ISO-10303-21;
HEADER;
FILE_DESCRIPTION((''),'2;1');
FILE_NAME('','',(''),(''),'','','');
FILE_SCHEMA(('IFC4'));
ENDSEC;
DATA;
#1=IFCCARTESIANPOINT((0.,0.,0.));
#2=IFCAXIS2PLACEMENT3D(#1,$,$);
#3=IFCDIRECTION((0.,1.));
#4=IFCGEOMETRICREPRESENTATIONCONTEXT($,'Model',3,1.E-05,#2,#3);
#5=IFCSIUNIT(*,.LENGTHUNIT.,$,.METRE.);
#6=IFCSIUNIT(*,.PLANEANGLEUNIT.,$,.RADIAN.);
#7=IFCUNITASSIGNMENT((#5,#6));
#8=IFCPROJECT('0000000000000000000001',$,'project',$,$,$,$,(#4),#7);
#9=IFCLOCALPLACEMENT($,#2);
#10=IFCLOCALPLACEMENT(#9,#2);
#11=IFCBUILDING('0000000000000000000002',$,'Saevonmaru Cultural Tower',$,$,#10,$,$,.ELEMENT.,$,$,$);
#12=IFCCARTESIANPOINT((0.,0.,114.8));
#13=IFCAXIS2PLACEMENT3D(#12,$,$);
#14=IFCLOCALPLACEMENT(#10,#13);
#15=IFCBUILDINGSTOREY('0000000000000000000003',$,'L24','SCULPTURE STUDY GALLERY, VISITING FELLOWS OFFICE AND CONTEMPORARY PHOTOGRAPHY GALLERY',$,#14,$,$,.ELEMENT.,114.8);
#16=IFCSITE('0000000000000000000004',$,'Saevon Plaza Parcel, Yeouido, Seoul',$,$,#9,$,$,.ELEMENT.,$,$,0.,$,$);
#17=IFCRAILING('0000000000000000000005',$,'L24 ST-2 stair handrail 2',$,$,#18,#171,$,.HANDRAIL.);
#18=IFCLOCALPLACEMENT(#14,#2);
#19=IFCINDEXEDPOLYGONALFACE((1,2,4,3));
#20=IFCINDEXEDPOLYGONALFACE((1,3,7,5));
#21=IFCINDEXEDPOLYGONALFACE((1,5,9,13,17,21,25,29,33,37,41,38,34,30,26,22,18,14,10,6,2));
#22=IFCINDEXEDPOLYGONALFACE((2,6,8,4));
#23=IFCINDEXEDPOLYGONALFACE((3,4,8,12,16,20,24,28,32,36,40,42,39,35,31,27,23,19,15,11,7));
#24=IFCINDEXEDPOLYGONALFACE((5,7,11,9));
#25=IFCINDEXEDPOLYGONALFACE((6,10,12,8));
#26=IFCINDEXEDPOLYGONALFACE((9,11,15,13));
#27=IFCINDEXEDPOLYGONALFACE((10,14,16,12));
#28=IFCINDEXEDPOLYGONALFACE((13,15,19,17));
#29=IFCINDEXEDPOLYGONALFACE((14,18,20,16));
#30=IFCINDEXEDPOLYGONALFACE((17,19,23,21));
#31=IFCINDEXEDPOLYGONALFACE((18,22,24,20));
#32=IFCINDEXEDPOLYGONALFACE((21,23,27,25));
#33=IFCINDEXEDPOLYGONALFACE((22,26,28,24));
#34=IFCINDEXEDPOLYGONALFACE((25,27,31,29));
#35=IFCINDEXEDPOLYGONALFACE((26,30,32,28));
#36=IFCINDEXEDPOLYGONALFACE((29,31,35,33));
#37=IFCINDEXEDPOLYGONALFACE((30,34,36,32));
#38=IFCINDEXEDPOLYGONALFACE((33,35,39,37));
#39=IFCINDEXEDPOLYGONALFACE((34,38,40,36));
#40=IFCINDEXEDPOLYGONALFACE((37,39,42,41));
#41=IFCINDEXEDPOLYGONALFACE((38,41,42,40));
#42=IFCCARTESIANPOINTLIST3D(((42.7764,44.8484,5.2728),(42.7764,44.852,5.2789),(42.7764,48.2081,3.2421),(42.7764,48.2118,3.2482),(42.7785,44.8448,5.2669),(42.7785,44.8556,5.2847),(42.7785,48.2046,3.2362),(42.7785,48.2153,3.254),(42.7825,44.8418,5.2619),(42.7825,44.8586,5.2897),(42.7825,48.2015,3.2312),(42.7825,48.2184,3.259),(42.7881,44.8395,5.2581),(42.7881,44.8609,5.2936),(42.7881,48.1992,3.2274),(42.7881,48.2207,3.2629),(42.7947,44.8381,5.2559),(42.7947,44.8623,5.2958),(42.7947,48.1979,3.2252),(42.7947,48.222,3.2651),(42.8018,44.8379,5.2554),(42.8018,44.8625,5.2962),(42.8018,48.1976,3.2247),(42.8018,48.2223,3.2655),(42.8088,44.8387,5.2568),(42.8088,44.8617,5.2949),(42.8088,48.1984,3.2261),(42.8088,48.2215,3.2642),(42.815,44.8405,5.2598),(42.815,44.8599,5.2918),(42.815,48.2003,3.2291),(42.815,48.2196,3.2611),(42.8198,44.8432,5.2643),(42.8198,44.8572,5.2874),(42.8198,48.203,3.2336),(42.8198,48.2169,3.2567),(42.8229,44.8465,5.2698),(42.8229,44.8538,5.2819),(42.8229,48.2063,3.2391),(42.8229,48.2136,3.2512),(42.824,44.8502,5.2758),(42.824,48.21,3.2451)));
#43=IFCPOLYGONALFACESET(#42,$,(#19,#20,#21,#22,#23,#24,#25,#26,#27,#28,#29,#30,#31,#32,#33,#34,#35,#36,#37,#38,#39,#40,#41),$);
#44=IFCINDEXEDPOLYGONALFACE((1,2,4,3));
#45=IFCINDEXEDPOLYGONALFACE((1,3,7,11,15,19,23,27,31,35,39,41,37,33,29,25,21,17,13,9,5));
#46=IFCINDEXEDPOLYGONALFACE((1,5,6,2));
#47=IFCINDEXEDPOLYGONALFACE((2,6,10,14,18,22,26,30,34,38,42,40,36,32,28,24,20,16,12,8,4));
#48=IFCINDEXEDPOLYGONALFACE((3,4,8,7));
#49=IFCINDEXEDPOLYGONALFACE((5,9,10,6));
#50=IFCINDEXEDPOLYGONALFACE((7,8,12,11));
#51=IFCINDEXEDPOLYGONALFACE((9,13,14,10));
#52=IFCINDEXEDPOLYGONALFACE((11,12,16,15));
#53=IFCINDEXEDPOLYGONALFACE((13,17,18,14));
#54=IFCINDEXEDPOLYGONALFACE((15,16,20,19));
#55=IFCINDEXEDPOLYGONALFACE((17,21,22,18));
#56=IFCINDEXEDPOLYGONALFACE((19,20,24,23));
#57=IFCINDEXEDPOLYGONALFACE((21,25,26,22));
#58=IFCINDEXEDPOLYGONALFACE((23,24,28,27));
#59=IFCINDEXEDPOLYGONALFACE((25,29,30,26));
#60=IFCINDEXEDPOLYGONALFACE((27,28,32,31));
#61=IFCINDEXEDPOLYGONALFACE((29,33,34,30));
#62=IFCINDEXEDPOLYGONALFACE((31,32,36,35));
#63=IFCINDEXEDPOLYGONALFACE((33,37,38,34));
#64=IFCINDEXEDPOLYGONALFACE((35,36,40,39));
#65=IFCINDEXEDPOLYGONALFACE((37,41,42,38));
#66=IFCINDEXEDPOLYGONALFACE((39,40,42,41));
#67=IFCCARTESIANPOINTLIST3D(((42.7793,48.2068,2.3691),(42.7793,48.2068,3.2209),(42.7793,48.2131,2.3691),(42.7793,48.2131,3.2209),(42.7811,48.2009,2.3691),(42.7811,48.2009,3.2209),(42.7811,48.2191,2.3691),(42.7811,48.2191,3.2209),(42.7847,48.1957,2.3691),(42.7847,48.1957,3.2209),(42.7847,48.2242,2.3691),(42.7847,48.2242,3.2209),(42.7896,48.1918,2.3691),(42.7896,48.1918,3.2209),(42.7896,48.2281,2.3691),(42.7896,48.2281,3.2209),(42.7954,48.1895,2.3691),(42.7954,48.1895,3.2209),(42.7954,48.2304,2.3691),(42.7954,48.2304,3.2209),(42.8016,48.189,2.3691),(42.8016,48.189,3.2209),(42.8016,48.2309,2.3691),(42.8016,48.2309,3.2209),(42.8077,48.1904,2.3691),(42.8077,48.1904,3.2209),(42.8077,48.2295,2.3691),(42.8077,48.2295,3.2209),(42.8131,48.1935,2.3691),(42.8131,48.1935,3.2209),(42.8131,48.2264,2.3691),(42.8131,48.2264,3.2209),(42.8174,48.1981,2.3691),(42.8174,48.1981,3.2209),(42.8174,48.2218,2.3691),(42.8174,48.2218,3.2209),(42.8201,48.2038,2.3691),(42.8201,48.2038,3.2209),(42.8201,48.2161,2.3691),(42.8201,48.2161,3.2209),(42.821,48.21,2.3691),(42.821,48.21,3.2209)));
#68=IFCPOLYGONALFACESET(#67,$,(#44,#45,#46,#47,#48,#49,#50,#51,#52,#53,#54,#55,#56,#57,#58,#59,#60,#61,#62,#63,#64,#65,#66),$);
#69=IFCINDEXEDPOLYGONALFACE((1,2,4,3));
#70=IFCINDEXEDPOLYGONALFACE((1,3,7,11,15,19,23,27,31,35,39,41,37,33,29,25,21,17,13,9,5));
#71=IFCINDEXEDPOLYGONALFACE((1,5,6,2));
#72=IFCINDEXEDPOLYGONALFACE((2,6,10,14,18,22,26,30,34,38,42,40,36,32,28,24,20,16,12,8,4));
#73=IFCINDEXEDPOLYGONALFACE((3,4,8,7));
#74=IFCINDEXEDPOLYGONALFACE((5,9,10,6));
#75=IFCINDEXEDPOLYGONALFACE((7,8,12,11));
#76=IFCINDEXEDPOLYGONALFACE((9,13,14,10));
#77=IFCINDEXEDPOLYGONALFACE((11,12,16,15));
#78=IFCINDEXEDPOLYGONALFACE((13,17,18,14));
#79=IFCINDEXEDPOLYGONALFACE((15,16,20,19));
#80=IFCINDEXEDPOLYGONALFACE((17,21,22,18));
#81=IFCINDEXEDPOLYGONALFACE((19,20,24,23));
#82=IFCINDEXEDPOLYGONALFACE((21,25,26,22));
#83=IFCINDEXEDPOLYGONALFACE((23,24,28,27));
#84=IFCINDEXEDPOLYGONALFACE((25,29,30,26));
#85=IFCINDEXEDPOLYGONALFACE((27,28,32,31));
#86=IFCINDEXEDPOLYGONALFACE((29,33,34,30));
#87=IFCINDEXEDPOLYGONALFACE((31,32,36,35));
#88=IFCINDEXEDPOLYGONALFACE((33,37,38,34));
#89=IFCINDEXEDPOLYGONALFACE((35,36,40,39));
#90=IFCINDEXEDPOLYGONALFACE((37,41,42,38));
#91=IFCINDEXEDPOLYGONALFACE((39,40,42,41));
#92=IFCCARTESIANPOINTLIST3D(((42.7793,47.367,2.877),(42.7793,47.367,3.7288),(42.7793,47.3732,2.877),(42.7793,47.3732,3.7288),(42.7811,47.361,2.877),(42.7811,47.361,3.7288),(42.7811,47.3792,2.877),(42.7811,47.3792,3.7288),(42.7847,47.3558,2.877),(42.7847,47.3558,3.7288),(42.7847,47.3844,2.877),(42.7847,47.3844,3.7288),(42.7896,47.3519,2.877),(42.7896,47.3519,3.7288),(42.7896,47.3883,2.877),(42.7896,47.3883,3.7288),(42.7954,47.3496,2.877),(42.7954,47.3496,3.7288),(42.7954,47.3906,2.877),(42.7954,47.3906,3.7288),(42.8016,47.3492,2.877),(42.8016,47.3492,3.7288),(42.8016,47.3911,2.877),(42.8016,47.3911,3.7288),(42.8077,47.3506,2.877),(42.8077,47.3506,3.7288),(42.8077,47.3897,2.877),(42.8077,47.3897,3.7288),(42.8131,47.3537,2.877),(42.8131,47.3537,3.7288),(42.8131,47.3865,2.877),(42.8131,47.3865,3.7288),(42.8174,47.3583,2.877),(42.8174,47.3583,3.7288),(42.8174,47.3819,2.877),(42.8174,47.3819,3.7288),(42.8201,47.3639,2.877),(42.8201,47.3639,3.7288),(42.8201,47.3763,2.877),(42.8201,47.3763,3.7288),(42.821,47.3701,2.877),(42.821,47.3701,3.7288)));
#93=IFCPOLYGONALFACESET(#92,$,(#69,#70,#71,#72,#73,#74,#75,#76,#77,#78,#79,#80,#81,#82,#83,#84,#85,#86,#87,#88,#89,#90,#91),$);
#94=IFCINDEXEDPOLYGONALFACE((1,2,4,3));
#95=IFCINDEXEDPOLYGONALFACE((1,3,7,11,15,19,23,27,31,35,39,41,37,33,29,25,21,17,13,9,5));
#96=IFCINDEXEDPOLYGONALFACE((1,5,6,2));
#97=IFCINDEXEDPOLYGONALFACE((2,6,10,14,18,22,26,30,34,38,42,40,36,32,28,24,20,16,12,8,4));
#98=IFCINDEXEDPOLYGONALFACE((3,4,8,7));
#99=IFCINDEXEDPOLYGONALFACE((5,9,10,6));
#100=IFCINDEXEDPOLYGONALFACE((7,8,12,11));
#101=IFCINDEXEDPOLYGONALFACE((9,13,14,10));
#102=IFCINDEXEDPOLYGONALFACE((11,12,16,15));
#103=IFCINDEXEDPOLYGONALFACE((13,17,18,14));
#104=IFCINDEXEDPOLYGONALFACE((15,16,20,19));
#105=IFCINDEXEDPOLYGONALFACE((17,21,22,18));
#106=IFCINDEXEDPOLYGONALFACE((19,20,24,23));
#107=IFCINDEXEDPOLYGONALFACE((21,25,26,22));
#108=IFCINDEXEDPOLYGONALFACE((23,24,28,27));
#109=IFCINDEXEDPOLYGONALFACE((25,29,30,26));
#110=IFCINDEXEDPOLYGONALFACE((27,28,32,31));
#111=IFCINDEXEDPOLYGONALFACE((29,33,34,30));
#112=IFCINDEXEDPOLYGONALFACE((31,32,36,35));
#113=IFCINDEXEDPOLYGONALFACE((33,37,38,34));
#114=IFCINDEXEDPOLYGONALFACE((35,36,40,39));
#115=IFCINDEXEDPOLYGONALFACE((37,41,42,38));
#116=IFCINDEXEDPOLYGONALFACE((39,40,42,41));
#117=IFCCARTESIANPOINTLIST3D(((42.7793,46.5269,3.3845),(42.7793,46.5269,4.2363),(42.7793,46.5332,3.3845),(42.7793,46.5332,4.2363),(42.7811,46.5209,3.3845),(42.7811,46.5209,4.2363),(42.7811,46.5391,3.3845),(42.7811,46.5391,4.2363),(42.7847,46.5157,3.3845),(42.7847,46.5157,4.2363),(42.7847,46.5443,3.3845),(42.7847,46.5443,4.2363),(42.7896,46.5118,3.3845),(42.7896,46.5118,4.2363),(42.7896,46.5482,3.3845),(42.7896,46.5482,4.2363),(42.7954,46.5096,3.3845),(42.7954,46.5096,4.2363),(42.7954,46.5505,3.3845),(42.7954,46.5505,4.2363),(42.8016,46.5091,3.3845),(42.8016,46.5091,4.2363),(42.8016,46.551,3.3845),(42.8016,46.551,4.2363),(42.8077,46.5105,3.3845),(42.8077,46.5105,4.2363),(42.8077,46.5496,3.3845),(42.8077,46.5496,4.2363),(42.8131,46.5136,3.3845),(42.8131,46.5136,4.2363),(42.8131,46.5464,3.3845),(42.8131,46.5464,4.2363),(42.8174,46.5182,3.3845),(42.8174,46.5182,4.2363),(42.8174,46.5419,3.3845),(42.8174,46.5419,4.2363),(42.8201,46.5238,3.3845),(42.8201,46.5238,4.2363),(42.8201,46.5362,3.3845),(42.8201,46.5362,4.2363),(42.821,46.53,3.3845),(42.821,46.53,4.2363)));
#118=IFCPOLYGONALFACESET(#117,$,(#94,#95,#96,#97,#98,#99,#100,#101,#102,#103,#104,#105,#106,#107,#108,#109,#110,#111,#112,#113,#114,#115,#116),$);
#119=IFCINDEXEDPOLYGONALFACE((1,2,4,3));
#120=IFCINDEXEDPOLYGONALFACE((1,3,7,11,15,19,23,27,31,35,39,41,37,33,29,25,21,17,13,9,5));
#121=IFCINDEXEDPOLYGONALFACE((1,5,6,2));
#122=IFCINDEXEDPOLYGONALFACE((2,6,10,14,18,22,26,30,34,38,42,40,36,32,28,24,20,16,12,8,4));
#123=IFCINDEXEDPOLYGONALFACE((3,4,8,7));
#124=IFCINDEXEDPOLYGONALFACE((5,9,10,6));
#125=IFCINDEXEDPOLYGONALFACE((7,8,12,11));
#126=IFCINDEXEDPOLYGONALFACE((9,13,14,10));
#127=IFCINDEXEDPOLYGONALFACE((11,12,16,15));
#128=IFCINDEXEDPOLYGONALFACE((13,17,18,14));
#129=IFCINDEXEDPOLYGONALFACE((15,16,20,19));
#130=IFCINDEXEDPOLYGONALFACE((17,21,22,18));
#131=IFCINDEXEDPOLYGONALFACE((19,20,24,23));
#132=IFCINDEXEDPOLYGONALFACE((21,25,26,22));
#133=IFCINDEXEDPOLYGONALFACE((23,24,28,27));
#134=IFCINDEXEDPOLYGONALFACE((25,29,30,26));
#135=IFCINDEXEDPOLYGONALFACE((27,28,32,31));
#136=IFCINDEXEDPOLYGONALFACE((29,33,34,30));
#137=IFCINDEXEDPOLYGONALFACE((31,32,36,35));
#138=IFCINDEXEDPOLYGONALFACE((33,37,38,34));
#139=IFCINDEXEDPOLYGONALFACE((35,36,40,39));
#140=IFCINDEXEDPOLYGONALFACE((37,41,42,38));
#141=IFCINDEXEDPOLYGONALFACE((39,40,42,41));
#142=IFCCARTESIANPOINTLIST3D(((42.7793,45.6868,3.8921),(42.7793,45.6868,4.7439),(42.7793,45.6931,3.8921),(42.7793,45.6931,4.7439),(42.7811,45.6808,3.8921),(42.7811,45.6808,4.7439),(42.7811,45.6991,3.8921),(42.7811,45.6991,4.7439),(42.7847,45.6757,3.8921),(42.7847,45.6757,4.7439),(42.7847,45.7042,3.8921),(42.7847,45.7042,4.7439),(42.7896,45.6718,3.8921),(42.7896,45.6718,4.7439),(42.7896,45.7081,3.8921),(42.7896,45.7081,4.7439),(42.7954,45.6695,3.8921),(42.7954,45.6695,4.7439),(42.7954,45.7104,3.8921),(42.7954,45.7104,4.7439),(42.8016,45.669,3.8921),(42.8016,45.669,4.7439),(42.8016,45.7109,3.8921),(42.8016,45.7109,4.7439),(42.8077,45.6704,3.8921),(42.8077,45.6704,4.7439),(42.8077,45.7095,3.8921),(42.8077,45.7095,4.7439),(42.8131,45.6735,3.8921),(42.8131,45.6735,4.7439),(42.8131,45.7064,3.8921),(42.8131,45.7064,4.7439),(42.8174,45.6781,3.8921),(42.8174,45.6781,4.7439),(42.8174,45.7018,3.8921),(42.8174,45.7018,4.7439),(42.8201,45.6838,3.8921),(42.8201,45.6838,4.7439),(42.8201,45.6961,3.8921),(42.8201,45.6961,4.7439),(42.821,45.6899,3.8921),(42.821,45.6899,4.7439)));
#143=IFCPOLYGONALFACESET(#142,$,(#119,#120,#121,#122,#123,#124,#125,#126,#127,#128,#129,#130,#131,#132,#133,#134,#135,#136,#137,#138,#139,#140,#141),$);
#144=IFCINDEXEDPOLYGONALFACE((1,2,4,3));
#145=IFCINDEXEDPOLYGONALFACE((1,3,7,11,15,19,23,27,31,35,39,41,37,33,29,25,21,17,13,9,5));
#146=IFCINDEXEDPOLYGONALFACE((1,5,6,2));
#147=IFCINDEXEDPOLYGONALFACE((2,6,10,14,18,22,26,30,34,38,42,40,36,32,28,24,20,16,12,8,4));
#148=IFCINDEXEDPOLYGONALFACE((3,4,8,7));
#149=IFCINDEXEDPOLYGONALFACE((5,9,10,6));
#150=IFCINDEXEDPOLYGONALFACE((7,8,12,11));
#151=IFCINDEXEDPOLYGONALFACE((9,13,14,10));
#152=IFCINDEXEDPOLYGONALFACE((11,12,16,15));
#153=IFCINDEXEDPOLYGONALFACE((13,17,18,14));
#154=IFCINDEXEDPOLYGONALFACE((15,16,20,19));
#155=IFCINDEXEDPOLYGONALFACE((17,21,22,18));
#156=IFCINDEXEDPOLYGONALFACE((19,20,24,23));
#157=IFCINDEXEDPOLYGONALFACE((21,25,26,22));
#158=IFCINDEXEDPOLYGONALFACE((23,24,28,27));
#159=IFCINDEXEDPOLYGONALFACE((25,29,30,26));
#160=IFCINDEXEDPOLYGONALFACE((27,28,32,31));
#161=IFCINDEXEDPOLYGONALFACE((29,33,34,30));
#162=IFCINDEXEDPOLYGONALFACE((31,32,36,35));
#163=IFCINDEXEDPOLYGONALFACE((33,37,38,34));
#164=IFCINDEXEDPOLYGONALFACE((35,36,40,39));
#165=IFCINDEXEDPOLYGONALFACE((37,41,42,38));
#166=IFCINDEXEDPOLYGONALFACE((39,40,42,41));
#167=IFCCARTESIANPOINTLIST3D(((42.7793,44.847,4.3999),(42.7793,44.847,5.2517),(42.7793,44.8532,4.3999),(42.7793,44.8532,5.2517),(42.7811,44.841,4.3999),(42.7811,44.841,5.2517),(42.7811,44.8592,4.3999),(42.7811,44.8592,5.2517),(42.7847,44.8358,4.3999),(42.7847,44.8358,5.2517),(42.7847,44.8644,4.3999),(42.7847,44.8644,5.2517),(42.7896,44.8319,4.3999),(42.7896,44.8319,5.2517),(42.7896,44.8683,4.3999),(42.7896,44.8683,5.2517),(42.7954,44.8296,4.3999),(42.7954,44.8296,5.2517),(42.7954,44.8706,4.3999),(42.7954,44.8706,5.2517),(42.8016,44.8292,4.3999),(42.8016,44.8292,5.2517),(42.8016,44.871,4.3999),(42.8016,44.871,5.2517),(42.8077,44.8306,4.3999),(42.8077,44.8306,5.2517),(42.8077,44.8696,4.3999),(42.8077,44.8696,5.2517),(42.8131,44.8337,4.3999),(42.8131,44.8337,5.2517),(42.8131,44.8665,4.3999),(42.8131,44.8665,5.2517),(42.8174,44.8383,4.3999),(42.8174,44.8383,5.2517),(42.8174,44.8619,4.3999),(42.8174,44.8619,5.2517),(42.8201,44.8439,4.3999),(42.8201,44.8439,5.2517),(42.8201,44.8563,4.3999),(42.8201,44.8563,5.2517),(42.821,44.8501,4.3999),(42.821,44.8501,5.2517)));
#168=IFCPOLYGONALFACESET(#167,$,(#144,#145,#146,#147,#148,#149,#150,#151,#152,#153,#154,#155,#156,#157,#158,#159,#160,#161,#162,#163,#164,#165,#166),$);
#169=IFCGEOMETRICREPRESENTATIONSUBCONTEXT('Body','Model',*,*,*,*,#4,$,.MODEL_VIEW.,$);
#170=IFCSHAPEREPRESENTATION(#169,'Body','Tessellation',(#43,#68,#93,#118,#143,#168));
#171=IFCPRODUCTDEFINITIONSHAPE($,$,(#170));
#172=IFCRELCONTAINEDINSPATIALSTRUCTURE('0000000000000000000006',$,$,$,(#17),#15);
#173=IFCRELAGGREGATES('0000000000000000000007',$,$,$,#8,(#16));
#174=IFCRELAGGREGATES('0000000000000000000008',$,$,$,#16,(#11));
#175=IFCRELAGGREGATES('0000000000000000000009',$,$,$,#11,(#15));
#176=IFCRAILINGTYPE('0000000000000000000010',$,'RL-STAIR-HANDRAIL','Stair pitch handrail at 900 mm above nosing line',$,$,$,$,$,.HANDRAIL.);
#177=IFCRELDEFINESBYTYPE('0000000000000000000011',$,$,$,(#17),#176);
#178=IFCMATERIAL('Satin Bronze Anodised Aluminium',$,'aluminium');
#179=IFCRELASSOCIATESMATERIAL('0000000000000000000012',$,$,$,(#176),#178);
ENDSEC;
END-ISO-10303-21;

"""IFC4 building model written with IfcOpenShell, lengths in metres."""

from ifc_helpers import new_model, si_unit, direction, frame, origin, origin_2d, place, context, subcontext, project, spatial, circle, extrude, material, type_object, element, save


model = new_model("IFC4")

# Units and contexts
model_context = context("Model", 3, precision=1e-05, world=origin(), true_north=direction((0.0, 1.0)))
body_context = subcontext(model_context, "Body", "Model", "MODEL_VIEW")
ifc_project = project(units=[si_unit("LENGTHUNIT", "METRE"), si_unit("PLANEANGLEUNIT", "RADIAN")], contexts=[model_context])

# Site, building, storey
site_placement = place(None, origin())
site = spatial("IfcSite", under=ifc_project, at=site_placement, Name="Saevon Plaza Parcel, Yeouido, Seoul", CompositionType="ELEMENT", RefElevation=0.0)
building_placement = place(site_placement, origin())
building = spatial("IfcBuilding", under=site, at=building_placement, Name="Saevonmaru Cultural Tower", CompositionType="ELEMENT")
storey_placement = place(building_placement, frame((0.0, 0.0, 114.8)))
storey = spatial("IfcBuildingStorey", under=building, at=storey_placement, Name="L24", Description="SCULPTURE STUDY GALLERY, VISITING FELLOWS OFFICE AND CONTEMPORARY PHOTOGRAPHY GALLERY", CompositionType="ELEMENT", Elevation=114.8)

# Shared definitions
ifc_material_1 = material(Name="Satin Bronze Anodised Aluminium", Category="aluminium")

# Railing
railing_type_1 = type_object("IfcRailingType", Name="RL-STAIR-HANDRAIL", Description="Stair pitch handrail at 900 mm above nosing line", PredefinedType="HANDRAIL", material=ifc_material_1)
railing_1_placement = place(storey_placement, frame((42.8, 48.21, 2.3691)))
element("IfcRailing", 1, at=railing_1_placement, inside=storey, type_object=railing_type_1, Name="L24 ST-2 stair handrail 2", PredefinedType="HANDRAIL", context=body_context, shape_type="SweptSolid", body=[
    extrude(circle(Radius=0.0239, at=origin_2d()), frame((0.0, 0.0, 0.876), z_axis=(0.0, -0.85582, 0.517273), x_axis=(1.0, 0.0, 0.0)), (0.0, 0.0, 1.0), 3.9258),
    extrude(circle(Radius=0.021, at=origin_2d()), origin(), (0.0, 0.0, 1.0), 0.8518),
    extrude(circle(Radius=0.021, at=origin_2d()), frame((0.0, -0.8398, 0.5078)), (0.0, 0.0, 1.0), 0.8518),
    extrude(circle(Radius=0.021, at=origin_2d()), frame((0.0, -1.6799, 1.0154)), (0.0, 0.0, 1.0), 0.8518),
    extrude(circle(Radius=0.021, at=origin_2d()), frame((0.0, -2.52, 1.5229)), (0.0, 0.0, 1.0), 0.8518),
    extrude(circle(Radius=0.021, at=origin_2d()), frame((0.0, -3.3599, 2.0308)), (0.0, 0.0, 1.0), 0.8518),
])

save(model, "model.ifc")
